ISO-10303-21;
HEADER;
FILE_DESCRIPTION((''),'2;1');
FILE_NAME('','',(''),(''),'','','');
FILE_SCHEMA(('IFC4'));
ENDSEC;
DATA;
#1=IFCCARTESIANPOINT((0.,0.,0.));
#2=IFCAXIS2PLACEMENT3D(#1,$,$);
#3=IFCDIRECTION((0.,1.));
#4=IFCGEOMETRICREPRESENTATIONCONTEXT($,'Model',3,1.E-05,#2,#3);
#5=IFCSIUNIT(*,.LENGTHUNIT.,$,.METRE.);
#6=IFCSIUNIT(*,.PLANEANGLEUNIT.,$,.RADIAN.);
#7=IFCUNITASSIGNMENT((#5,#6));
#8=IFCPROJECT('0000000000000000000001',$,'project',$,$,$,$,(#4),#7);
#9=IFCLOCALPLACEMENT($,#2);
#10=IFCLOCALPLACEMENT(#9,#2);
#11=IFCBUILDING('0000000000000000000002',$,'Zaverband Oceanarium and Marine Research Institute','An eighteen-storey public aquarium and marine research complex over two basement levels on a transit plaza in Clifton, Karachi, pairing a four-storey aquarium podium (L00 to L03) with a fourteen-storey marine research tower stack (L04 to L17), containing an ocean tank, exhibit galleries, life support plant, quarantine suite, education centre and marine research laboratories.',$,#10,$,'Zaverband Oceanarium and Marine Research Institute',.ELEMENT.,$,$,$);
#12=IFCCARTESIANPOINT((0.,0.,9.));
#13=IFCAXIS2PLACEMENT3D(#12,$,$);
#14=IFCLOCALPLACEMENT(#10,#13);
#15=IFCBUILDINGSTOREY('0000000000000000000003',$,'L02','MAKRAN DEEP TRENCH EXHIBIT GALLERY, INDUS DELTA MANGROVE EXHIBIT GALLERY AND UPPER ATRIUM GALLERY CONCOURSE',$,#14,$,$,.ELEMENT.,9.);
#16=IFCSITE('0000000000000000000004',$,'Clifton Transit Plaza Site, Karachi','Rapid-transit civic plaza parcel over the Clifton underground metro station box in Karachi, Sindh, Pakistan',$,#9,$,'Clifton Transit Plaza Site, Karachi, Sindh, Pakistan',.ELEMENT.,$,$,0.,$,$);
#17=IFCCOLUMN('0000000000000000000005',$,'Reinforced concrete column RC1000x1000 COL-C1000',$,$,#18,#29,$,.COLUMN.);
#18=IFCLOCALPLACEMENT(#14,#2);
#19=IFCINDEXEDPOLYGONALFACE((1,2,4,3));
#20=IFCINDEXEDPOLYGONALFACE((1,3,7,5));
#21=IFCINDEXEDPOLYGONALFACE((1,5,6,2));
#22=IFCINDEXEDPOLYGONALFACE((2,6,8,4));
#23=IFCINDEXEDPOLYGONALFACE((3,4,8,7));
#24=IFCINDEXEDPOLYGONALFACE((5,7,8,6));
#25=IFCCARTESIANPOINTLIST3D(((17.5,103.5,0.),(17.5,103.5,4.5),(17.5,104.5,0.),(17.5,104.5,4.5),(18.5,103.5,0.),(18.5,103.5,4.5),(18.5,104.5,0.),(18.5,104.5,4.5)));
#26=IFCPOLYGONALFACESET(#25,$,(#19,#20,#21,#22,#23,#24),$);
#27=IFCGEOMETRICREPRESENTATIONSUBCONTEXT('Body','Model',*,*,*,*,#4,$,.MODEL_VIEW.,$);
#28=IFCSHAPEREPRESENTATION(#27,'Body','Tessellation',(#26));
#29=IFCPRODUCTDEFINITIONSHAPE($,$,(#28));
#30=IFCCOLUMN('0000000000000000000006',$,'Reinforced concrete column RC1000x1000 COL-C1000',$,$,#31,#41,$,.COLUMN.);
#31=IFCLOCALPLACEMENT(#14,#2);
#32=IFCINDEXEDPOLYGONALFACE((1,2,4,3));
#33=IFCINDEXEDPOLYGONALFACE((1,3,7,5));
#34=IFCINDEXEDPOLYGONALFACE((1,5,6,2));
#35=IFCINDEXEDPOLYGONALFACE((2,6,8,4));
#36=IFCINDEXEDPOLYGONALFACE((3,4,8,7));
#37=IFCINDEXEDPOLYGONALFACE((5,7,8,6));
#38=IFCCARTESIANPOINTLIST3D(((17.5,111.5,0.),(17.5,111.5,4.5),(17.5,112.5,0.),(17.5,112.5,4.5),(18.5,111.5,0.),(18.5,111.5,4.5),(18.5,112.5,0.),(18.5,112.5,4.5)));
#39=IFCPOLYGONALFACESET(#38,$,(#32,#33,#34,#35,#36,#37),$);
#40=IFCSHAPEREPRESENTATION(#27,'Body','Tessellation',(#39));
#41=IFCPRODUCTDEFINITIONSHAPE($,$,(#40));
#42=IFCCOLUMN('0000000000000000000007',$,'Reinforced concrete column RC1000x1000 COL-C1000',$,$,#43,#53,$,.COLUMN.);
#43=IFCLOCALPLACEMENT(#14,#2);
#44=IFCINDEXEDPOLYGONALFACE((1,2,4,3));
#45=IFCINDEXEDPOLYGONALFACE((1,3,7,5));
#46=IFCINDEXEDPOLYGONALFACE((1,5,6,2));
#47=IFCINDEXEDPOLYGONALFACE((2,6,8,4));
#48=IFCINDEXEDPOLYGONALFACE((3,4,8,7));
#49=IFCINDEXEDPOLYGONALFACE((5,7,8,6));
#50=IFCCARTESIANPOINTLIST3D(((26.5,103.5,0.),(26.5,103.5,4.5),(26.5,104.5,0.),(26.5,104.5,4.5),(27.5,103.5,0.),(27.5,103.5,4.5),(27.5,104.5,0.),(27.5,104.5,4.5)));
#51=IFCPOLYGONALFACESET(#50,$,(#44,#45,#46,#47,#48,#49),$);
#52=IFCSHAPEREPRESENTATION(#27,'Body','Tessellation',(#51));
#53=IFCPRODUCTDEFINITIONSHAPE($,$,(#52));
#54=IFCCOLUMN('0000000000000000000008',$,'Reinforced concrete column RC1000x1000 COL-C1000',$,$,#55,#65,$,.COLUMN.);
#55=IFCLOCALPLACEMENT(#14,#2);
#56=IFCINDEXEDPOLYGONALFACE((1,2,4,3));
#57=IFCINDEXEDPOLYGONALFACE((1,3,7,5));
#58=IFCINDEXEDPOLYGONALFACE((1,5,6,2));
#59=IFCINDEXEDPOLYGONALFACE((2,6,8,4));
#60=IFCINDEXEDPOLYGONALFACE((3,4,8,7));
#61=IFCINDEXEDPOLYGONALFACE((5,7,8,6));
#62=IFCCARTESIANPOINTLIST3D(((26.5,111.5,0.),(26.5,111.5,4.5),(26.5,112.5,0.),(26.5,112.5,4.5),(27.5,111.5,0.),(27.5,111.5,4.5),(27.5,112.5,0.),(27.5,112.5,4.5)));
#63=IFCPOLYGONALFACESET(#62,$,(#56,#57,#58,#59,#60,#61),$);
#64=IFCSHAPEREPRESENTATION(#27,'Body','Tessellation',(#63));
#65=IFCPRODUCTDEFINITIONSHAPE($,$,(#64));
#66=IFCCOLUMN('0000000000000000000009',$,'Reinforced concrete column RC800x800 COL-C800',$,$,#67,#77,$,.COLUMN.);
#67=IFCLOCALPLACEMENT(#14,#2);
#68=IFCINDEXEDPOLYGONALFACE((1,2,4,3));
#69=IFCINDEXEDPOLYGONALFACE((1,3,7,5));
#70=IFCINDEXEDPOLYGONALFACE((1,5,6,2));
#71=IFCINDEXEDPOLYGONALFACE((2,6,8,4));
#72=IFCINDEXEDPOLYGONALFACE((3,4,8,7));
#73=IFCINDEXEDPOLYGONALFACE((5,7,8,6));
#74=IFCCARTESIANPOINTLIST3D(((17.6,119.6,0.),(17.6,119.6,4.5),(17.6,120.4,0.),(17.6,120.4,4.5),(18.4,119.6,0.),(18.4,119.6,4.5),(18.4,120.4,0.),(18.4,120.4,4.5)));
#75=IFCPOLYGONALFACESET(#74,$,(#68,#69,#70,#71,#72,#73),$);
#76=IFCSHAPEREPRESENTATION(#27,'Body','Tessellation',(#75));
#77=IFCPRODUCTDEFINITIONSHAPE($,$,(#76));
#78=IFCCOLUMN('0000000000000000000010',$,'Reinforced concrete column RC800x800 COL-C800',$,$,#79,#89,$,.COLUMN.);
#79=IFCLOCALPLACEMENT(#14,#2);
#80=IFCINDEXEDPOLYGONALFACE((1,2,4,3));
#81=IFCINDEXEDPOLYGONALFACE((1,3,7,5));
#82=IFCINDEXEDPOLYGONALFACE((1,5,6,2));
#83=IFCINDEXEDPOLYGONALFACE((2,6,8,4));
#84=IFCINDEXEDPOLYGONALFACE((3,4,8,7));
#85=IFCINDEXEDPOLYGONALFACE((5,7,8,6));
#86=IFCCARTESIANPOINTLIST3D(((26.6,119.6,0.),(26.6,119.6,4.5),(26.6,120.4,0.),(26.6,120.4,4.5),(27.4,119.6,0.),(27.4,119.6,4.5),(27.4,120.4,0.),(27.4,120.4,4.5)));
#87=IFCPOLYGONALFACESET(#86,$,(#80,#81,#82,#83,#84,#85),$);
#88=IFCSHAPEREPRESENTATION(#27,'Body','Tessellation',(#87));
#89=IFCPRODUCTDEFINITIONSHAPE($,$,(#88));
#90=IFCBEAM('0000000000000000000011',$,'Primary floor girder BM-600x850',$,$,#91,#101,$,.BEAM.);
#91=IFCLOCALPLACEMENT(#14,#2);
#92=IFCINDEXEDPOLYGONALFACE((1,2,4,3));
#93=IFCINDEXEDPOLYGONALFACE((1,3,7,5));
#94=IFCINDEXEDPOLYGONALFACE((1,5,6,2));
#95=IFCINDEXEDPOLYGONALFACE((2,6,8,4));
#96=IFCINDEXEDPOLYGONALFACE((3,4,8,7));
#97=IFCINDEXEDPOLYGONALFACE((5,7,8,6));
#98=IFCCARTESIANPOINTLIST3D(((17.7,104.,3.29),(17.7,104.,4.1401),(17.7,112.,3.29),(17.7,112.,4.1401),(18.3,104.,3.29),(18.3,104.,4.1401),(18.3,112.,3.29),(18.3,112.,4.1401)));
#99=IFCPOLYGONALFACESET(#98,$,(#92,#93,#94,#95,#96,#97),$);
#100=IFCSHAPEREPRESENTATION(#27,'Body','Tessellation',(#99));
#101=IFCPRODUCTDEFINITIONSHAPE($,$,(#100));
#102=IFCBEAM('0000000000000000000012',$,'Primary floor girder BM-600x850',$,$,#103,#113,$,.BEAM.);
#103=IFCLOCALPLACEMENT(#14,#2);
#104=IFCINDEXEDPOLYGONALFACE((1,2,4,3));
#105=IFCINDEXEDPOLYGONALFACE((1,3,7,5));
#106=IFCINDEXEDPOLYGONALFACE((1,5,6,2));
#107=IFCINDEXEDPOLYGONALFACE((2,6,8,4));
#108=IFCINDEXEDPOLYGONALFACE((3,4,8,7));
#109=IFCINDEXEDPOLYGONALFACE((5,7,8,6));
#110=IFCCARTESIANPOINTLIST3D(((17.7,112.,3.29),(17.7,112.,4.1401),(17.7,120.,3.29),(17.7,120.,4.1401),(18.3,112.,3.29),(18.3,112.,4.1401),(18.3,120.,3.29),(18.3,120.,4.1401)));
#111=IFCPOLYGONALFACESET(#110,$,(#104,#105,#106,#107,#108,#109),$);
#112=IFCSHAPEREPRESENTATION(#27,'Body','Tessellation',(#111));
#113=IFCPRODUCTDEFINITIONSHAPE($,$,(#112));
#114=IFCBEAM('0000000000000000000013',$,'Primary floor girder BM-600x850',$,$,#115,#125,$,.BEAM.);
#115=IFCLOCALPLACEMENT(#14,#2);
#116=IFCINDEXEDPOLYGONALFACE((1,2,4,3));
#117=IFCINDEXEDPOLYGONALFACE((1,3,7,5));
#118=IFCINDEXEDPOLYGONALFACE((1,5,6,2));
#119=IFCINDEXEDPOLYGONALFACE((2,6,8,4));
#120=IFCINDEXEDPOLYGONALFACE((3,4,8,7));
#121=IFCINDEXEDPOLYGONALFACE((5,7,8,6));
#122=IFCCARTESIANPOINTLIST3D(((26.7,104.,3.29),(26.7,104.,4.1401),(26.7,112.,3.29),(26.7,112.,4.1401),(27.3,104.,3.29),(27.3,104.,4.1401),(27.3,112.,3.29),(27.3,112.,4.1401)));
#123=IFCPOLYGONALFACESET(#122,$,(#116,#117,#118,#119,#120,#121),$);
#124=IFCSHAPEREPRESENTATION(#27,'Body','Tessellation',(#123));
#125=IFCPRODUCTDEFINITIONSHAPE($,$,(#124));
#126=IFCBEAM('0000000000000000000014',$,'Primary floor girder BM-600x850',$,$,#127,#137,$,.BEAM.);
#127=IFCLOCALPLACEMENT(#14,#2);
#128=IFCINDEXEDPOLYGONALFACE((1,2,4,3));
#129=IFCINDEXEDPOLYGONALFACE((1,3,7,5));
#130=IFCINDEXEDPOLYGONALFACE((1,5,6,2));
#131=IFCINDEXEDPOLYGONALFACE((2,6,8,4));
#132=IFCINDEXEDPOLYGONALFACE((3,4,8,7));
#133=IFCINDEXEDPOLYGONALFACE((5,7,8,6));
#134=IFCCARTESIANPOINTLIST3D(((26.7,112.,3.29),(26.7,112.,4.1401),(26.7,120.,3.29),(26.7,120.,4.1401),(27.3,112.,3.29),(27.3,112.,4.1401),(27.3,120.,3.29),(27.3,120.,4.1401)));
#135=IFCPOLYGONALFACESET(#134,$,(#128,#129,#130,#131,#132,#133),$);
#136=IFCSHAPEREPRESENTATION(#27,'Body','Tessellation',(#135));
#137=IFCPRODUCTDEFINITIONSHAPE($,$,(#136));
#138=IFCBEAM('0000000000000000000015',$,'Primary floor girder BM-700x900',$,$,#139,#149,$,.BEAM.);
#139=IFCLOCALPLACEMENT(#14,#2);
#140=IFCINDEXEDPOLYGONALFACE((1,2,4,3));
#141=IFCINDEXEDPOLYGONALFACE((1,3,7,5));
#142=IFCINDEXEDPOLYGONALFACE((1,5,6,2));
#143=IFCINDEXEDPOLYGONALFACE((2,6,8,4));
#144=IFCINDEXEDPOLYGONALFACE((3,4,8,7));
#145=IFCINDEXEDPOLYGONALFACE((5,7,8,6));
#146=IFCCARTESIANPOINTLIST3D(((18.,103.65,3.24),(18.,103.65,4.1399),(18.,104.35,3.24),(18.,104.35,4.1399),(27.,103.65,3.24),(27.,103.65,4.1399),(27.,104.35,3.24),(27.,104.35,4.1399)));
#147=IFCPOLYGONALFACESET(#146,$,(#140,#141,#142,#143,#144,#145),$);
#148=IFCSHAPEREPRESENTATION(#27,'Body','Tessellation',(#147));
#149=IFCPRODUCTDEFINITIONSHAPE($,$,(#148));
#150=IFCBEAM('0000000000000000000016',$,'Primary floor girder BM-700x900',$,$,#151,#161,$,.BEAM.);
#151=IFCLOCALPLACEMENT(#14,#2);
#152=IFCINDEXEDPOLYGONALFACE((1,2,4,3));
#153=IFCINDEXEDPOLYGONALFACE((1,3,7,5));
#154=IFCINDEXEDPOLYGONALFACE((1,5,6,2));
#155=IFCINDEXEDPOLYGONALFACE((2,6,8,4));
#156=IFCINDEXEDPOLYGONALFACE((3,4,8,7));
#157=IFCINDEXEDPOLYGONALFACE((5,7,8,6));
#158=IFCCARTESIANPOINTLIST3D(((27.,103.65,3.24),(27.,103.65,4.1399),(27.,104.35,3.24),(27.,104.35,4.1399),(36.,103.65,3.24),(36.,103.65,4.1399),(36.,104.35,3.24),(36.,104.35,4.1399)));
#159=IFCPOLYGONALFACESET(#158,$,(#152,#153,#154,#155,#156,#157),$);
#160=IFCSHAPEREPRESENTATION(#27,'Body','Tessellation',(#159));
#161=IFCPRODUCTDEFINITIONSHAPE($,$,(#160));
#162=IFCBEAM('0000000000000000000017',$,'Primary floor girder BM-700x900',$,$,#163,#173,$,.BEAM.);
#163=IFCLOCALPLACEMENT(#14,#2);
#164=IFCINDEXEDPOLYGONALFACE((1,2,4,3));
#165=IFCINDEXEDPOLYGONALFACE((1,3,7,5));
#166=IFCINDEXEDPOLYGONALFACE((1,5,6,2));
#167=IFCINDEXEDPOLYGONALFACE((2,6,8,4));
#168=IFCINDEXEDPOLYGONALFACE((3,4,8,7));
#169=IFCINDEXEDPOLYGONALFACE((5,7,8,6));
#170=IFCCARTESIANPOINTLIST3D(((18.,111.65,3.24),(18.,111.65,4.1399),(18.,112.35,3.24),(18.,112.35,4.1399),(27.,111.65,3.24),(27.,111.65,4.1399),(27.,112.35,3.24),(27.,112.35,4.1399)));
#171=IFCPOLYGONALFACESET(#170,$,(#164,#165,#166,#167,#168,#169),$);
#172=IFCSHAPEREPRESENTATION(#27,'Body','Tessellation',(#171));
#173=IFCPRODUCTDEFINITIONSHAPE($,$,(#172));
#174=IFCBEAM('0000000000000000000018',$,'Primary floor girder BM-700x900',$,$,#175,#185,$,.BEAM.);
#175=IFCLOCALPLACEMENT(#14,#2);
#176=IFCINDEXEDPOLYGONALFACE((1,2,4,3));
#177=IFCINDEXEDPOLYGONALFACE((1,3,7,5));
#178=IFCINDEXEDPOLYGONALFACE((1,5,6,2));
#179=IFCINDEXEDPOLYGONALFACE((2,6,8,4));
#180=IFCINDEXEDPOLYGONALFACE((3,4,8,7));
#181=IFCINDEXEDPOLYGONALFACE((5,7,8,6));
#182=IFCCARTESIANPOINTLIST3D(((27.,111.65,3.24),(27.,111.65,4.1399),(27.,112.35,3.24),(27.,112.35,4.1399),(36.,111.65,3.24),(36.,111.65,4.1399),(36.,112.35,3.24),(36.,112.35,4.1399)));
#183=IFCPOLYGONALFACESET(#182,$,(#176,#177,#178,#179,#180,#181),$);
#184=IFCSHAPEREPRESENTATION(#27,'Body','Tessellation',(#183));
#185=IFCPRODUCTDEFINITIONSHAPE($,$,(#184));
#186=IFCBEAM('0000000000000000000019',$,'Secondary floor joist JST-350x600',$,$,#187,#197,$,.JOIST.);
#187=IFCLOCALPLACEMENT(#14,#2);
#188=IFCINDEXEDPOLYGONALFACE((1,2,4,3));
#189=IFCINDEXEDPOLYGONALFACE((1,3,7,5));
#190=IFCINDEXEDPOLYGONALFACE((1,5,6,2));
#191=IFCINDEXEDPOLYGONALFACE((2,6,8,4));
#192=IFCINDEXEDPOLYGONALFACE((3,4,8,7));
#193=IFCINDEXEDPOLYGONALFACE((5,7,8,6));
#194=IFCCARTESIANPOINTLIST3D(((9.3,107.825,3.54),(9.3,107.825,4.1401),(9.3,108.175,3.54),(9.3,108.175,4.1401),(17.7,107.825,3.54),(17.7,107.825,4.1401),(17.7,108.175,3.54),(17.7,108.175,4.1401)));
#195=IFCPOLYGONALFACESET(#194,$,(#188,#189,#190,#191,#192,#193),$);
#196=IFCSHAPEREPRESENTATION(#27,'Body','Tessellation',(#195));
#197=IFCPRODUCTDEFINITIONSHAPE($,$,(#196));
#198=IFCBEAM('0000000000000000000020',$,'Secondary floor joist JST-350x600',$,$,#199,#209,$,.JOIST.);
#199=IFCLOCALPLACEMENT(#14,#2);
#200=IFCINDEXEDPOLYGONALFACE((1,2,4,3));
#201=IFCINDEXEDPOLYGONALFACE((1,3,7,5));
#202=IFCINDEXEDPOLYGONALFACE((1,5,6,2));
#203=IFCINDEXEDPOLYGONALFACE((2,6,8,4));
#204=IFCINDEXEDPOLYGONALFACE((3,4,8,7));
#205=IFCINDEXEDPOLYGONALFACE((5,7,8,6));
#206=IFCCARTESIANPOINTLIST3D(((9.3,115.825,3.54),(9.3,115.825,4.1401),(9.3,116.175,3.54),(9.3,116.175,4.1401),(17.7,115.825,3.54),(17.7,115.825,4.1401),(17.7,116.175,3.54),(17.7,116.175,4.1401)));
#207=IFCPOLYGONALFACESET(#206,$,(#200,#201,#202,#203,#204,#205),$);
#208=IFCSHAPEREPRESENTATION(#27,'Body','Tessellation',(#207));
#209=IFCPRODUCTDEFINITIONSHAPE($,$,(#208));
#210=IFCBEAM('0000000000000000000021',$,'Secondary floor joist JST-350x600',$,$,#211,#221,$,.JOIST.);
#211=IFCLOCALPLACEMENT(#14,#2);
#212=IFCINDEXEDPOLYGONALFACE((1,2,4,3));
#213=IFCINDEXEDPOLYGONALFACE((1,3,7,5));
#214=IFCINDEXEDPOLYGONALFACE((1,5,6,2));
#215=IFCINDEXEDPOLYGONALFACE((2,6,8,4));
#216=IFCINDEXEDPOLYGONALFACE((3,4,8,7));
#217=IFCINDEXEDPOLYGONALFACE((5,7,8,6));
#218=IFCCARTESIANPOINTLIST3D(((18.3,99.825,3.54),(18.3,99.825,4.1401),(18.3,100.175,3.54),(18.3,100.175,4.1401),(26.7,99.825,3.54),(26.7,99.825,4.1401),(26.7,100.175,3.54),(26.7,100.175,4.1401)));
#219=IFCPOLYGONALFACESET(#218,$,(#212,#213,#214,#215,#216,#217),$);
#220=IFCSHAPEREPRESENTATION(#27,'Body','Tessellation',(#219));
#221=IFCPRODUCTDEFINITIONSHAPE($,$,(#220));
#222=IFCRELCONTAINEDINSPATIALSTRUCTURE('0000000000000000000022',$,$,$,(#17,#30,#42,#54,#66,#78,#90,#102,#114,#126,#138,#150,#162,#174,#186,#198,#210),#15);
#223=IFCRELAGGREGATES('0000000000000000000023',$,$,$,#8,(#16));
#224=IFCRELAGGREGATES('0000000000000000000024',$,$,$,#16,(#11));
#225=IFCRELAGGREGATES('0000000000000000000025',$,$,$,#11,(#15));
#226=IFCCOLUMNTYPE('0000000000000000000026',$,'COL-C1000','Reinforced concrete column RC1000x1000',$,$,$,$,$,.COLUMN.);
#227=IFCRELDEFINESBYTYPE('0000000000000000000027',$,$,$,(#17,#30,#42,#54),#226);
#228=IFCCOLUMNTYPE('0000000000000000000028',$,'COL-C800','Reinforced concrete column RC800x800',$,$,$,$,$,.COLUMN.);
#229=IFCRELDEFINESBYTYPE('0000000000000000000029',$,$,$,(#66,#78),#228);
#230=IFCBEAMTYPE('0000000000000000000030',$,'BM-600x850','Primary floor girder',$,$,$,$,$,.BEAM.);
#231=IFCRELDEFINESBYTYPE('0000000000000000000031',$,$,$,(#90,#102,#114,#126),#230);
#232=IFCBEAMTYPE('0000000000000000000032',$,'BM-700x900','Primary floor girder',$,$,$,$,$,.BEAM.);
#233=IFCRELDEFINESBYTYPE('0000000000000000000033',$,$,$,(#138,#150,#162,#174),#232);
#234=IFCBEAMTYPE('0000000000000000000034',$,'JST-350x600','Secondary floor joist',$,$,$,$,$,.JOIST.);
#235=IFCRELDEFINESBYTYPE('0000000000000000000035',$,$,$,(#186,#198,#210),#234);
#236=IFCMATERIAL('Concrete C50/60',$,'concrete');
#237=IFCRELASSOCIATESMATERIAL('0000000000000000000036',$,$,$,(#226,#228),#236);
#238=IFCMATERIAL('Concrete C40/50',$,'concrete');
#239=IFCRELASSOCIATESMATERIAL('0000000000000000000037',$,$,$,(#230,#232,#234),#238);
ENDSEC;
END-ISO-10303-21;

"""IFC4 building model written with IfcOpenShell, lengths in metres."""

from ifc_helpers import new_model, si_unit, direction, frame, origin, origin_2d, place, context, subcontext, project, spatial, rectangle, extrude, material, material_profile, profile_set, type_object, element, save


model = new_model("IFC4")

# Units and contexts
model_context = context("Model", 3, precision=1e-05, world=origin(), true_north=direction((0.0, 1.0)))
body_context = subcontext(model_context, "Body", "Model", "MODEL_VIEW")
ifc_project = project(units=[si_unit("LENGTHUNIT", "METRE"), si_unit("PLANEANGLEUNIT", "RADIAN")], contexts=[model_context])

# Site, building, storey
site_placement = place(None, origin())
site = spatial("IfcSite", under=ifc_project, at=site_placement, Name="Clifton Transit Plaza Site, Karachi", Description="Rapid-transit civic plaza parcel over the Clifton underground metro station box in Karachi, Sindh, Pakistan", LongName="Clifton Transit Plaza Site, Karachi, Sindh, Pakistan", CompositionType="ELEMENT", RefElevation=0.0)
building_placement = place(site_placement, origin())
building = spatial("IfcBuilding", under=site, at=building_placement, Name="Zaverband Oceanarium and Marine Research Institute", Description="An eighteen-storey public aquarium and marine research complex over two basement levels on a transit plaza in Clifton, Karachi, pairing a four-storey aquarium podium (L00 to L03) with a fourteen-storey marine research tower stack (L04 to L17), containing an ocean tank, exhibit galleries, life support plant, quarantine suite, education centre and marine research laboratories.", LongName="Zaverband Oceanarium and Marine Research Institute", CompositionType="ELEMENT")
storey_placement = place(building_placement, frame((0.0, 0.0, 9.0)))
storey = spatial("IfcBuildingStorey", under=building, at=storey_placement, Name="L02", Description="MAKRAN DEEP TRENCH EXHIBIT GALLERY, INDUS DELTA MANGROVE EXHIBIT GALLERY AND UPPER ATRIUM GALLERY CONCOURSE", CompositionType="ELEMENT", Elevation=9.0)

# Columns
ifc_material_1 = material(Name="Concrete C50/60", Category="concrete")
ifc_material_profile_1 = material_profile(ifc_material_1, rectangle(XDim=1.0, YDim=1.0, at=origin_2d()), Name="RC1000x1000")
ifc_profile_set_1 = profile_set([ifc_material_profile_1], Name="Concrete C50/60")
column_type_1 = type_object("IfcColumnType", Name="COL-C1000", Description="Reinforced concrete column RC1000x1000", PredefinedType="COLUMN", material=ifc_profile_set_1)
for number, where, z_axis, x_axis, name in (
    (1, (18.0, 104.0, 0.0), (0.0, 0.0, 1.0), (1.0, 0.0, 0.0), "Reinforced concrete column RC1000x1000 COL-C1000"),
    (2, (18.0, 112.0, 0.0), (0.0, 0.0, 1.0), (1.0, 0.0, 0.0), "Reinforced concrete column RC1000x1000 COL-C1000"),
    (3, (27.0, 104.0, 0.0), (0.0, 0.0, 1.0), (1.0, 0.0, 0.0), "Reinforced concrete column RC1000x1000 COL-C1000"),
    (4, (27.0, 112.0, 0.0), (0.0, 0.0, 1.0), (1.0, 0.0, 0.0), "Reinforced concrete column RC1000x1000 COL-C1000"),
):
    element("IfcColumn", number, at=place(storey_placement, frame(where, z_axis=z_axis, x_axis=x_axis)), inside=storey, type_object=column_type_1, Name=name, PredefinedType="COLUMN", context=body_context, shape_type="SweptSolid", body=[
        extrude(rectangle(XDim=1.0, YDim=1.0, at=origin_2d()), origin(), (0.0, 0.0, 1.0), 4.5),
    ])
ifc_material_profile_2 = material_profile(ifc_material_1, rectangle(XDim=0.8, YDim=0.8, at=origin_2d()), Name="RC800x800")
ifc_profile_set_2 = profile_set([ifc_material_profile_2], Name="Concrete C50/60")
column_type_2 = type_object("IfcColumnType", Name="COL-C800", Description="Reinforced concrete column RC800x800", PredefinedType="COLUMN", material=ifc_profile_set_2)
for number, where, z_axis, x_axis, name in (
    (5, (18.0, 120.0, 0.0), (0.0, 0.0, 1.0), (1.0, 0.0, 0.0), "Reinforced concrete column RC800x800 COL-C800"),
    (6, (27.0, 120.0, 0.0), (0.0, 0.0, 1.0), (1.0, 0.0, 0.0), "Reinforced concrete column RC800x800 COL-C800"),
):
    element("IfcColumn", number, at=place(storey_placement, frame(where, z_axis=z_axis, x_axis=x_axis)), inside=storey, type_object=column_type_2, Name=name, PredefinedType="COLUMN", context=body_context, shape_type="SweptSolid", body=[
        extrude(rectangle(XDim=0.8, YDim=0.8, at=origin_2d()), origin(), (0.0, 0.0, 1.0), 4.5),
    ])

# Beams
ifc_material_2 = material(Name="Concrete C40/50", Category="concrete")
ifc_material_profile_3 = material_profile(ifc_material_2, rectangle(XDim=0.6001, YDim=0.8501, at=origin_2d()), Name="RC600x850")
ifc_profile_set_3 = profile_set([ifc_material_profile_3], Name="Concrete C40/50")
beam_type_1 = type_object("IfcBeamType", Name="BM-600x850", Description="Primary floor girder", PredefinedType="BEAM", material=ifc_profile_set_3)
for number, where, z_axis, x_axis, name in (
    (7, (18.0, 104.0, 3.7151), (0.0, 1.0, 0.0), (-1.0, 0.0, 0.0), "Primary floor girder BM-600x850"),
    (8, (18.0, 112.0, 3.7151), (0.0, 1.0, 0.0), (-1.0, 0.0, 0.0), "Primary floor girder BM-600x850"),
    (9, (27.0, 104.0, 3.7151), (0.0, 1.0, 0.0), (-1.0, 0.0, 0.0), "Primary floor girder BM-600x850"),
    (10, (27.0, 112.0, 3.7151), (0.0, 1.0, 0.0), (-1.0, 0.0, 0.0), "Primary floor girder BM-600x850"),
):
    element("IfcBeam", number, at=place(storey_placement, frame(where, z_axis=z_axis, x_axis=x_axis)), inside=storey, type_object=beam_type_1, Name=name, PredefinedType="BEAM", context=body_context, shape_type="SweptSolid", body=[
        extrude(rectangle(XDim=0.6001, YDim=0.8501, at=origin_2d()), origin(), (0.0, 0.0, 1.0), 8.0),
    ])
ifc_material_profile_4 = material_profile(ifc_material_2, rectangle(XDim=0.7, YDim=0.8999, at=origin_2d()), Name="RC700x900")
ifc_profile_set_4 = profile_set([ifc_material_profile_4], Name="Concrete C40/50")
beam_type_2 = type_object("IfcBeamType", Name="BM-700x900", Description="Primary floor girder", PredefinedType="BEAM", material=ifc_profile_set_4)
for number, where, z_axis, x_axis, name in (
    (11, (18.0, 104.0, 3.6899), (1.0, 0.0, 0.0), (0.0, 1.0, 0.0), "Primary floor girder BM-700x900"),
    (12, (27.0, 104.0, 3.6899), (1.0, 0.0, 0.0), (0.0, 1.0, 0.0), "Primary floor girder BM-700x900"),
    (13, (18.0, 112.0, 3.6899), (1.0, 0.0, 0.0), (0.0, 1.0, 0.0), "Primary floor girder BM-700x900"),
    (14, (27.0, 112.0, 3.6899), (1.0, 0.0, 0.0), (0.0, 1.0, 0.0), "Primary floor girder BM-700x900"),
):
    element("IfcBeam", number, at=place(storey_placement, frame(where, z_axis=z_axis, x_axis=x_axis)), inside=storey, type_object=beam_type_2, Name=name, PredefinedType="BEAM", context=body_context, shape_type="SweptSolid", body=[
        extrude(rectangle(XDim=0.7, YDim=0.8999, at=origin_2d()), origin(), (0.0, 0.0, 1.0), 9.0),
    ])
ifc_material_profile_5 = material_profile(ifc_material_2, rectangle(XDim=0.3501, YDim=0.6001, at=origin_2d()), Name="RC350x600")
ifc_profile_set_5 = profile_set([ifc_material_profile_5], Name="Concrete C40/50")
beam_type_3 = type_object("IfcBeamType", Name="JST-350x600", Description="Secondary floor joist", PredefinedType="JOIST", material=ifc_profile_set_5)
for number, where, z_axis, x_axis, name in (
    (15, (9.3, 108.0, 3.8401), (1.0, 0.0, 0.0), (0.0, 1.0, 0.0), "Secondary floor joist JST-350x600"),
    (16, (9.3, 116.0, 3.8401), (1.0, 0.0, 0.0), (0.0, 1.0, 0.0), "Secondary floor joist JST-350x600"),
    (17, (18.3, 100.0, 3.8401), (1.0, 0.0, 0.0), (0.0, 1.0, 0.0), "Secondary floor joist JST-350x600"),
):
    element("IfcBeam", number, at=place(storey_placement, frame(where, z_axis=z_axis, x_axis=x_axis)), inside=storey, type_object=beam_type_3, Name=name, PredefinedType="JOIST", context=body_context, shape_type="SweptSolid", body=[
        extrude(rectangle(XDim=0.3501, YDim=0.6001, at=origin_2d()), origin(), (0.0, 0.0, 1.0), 8.3999),
    ])

save(model, "model.ifc")
